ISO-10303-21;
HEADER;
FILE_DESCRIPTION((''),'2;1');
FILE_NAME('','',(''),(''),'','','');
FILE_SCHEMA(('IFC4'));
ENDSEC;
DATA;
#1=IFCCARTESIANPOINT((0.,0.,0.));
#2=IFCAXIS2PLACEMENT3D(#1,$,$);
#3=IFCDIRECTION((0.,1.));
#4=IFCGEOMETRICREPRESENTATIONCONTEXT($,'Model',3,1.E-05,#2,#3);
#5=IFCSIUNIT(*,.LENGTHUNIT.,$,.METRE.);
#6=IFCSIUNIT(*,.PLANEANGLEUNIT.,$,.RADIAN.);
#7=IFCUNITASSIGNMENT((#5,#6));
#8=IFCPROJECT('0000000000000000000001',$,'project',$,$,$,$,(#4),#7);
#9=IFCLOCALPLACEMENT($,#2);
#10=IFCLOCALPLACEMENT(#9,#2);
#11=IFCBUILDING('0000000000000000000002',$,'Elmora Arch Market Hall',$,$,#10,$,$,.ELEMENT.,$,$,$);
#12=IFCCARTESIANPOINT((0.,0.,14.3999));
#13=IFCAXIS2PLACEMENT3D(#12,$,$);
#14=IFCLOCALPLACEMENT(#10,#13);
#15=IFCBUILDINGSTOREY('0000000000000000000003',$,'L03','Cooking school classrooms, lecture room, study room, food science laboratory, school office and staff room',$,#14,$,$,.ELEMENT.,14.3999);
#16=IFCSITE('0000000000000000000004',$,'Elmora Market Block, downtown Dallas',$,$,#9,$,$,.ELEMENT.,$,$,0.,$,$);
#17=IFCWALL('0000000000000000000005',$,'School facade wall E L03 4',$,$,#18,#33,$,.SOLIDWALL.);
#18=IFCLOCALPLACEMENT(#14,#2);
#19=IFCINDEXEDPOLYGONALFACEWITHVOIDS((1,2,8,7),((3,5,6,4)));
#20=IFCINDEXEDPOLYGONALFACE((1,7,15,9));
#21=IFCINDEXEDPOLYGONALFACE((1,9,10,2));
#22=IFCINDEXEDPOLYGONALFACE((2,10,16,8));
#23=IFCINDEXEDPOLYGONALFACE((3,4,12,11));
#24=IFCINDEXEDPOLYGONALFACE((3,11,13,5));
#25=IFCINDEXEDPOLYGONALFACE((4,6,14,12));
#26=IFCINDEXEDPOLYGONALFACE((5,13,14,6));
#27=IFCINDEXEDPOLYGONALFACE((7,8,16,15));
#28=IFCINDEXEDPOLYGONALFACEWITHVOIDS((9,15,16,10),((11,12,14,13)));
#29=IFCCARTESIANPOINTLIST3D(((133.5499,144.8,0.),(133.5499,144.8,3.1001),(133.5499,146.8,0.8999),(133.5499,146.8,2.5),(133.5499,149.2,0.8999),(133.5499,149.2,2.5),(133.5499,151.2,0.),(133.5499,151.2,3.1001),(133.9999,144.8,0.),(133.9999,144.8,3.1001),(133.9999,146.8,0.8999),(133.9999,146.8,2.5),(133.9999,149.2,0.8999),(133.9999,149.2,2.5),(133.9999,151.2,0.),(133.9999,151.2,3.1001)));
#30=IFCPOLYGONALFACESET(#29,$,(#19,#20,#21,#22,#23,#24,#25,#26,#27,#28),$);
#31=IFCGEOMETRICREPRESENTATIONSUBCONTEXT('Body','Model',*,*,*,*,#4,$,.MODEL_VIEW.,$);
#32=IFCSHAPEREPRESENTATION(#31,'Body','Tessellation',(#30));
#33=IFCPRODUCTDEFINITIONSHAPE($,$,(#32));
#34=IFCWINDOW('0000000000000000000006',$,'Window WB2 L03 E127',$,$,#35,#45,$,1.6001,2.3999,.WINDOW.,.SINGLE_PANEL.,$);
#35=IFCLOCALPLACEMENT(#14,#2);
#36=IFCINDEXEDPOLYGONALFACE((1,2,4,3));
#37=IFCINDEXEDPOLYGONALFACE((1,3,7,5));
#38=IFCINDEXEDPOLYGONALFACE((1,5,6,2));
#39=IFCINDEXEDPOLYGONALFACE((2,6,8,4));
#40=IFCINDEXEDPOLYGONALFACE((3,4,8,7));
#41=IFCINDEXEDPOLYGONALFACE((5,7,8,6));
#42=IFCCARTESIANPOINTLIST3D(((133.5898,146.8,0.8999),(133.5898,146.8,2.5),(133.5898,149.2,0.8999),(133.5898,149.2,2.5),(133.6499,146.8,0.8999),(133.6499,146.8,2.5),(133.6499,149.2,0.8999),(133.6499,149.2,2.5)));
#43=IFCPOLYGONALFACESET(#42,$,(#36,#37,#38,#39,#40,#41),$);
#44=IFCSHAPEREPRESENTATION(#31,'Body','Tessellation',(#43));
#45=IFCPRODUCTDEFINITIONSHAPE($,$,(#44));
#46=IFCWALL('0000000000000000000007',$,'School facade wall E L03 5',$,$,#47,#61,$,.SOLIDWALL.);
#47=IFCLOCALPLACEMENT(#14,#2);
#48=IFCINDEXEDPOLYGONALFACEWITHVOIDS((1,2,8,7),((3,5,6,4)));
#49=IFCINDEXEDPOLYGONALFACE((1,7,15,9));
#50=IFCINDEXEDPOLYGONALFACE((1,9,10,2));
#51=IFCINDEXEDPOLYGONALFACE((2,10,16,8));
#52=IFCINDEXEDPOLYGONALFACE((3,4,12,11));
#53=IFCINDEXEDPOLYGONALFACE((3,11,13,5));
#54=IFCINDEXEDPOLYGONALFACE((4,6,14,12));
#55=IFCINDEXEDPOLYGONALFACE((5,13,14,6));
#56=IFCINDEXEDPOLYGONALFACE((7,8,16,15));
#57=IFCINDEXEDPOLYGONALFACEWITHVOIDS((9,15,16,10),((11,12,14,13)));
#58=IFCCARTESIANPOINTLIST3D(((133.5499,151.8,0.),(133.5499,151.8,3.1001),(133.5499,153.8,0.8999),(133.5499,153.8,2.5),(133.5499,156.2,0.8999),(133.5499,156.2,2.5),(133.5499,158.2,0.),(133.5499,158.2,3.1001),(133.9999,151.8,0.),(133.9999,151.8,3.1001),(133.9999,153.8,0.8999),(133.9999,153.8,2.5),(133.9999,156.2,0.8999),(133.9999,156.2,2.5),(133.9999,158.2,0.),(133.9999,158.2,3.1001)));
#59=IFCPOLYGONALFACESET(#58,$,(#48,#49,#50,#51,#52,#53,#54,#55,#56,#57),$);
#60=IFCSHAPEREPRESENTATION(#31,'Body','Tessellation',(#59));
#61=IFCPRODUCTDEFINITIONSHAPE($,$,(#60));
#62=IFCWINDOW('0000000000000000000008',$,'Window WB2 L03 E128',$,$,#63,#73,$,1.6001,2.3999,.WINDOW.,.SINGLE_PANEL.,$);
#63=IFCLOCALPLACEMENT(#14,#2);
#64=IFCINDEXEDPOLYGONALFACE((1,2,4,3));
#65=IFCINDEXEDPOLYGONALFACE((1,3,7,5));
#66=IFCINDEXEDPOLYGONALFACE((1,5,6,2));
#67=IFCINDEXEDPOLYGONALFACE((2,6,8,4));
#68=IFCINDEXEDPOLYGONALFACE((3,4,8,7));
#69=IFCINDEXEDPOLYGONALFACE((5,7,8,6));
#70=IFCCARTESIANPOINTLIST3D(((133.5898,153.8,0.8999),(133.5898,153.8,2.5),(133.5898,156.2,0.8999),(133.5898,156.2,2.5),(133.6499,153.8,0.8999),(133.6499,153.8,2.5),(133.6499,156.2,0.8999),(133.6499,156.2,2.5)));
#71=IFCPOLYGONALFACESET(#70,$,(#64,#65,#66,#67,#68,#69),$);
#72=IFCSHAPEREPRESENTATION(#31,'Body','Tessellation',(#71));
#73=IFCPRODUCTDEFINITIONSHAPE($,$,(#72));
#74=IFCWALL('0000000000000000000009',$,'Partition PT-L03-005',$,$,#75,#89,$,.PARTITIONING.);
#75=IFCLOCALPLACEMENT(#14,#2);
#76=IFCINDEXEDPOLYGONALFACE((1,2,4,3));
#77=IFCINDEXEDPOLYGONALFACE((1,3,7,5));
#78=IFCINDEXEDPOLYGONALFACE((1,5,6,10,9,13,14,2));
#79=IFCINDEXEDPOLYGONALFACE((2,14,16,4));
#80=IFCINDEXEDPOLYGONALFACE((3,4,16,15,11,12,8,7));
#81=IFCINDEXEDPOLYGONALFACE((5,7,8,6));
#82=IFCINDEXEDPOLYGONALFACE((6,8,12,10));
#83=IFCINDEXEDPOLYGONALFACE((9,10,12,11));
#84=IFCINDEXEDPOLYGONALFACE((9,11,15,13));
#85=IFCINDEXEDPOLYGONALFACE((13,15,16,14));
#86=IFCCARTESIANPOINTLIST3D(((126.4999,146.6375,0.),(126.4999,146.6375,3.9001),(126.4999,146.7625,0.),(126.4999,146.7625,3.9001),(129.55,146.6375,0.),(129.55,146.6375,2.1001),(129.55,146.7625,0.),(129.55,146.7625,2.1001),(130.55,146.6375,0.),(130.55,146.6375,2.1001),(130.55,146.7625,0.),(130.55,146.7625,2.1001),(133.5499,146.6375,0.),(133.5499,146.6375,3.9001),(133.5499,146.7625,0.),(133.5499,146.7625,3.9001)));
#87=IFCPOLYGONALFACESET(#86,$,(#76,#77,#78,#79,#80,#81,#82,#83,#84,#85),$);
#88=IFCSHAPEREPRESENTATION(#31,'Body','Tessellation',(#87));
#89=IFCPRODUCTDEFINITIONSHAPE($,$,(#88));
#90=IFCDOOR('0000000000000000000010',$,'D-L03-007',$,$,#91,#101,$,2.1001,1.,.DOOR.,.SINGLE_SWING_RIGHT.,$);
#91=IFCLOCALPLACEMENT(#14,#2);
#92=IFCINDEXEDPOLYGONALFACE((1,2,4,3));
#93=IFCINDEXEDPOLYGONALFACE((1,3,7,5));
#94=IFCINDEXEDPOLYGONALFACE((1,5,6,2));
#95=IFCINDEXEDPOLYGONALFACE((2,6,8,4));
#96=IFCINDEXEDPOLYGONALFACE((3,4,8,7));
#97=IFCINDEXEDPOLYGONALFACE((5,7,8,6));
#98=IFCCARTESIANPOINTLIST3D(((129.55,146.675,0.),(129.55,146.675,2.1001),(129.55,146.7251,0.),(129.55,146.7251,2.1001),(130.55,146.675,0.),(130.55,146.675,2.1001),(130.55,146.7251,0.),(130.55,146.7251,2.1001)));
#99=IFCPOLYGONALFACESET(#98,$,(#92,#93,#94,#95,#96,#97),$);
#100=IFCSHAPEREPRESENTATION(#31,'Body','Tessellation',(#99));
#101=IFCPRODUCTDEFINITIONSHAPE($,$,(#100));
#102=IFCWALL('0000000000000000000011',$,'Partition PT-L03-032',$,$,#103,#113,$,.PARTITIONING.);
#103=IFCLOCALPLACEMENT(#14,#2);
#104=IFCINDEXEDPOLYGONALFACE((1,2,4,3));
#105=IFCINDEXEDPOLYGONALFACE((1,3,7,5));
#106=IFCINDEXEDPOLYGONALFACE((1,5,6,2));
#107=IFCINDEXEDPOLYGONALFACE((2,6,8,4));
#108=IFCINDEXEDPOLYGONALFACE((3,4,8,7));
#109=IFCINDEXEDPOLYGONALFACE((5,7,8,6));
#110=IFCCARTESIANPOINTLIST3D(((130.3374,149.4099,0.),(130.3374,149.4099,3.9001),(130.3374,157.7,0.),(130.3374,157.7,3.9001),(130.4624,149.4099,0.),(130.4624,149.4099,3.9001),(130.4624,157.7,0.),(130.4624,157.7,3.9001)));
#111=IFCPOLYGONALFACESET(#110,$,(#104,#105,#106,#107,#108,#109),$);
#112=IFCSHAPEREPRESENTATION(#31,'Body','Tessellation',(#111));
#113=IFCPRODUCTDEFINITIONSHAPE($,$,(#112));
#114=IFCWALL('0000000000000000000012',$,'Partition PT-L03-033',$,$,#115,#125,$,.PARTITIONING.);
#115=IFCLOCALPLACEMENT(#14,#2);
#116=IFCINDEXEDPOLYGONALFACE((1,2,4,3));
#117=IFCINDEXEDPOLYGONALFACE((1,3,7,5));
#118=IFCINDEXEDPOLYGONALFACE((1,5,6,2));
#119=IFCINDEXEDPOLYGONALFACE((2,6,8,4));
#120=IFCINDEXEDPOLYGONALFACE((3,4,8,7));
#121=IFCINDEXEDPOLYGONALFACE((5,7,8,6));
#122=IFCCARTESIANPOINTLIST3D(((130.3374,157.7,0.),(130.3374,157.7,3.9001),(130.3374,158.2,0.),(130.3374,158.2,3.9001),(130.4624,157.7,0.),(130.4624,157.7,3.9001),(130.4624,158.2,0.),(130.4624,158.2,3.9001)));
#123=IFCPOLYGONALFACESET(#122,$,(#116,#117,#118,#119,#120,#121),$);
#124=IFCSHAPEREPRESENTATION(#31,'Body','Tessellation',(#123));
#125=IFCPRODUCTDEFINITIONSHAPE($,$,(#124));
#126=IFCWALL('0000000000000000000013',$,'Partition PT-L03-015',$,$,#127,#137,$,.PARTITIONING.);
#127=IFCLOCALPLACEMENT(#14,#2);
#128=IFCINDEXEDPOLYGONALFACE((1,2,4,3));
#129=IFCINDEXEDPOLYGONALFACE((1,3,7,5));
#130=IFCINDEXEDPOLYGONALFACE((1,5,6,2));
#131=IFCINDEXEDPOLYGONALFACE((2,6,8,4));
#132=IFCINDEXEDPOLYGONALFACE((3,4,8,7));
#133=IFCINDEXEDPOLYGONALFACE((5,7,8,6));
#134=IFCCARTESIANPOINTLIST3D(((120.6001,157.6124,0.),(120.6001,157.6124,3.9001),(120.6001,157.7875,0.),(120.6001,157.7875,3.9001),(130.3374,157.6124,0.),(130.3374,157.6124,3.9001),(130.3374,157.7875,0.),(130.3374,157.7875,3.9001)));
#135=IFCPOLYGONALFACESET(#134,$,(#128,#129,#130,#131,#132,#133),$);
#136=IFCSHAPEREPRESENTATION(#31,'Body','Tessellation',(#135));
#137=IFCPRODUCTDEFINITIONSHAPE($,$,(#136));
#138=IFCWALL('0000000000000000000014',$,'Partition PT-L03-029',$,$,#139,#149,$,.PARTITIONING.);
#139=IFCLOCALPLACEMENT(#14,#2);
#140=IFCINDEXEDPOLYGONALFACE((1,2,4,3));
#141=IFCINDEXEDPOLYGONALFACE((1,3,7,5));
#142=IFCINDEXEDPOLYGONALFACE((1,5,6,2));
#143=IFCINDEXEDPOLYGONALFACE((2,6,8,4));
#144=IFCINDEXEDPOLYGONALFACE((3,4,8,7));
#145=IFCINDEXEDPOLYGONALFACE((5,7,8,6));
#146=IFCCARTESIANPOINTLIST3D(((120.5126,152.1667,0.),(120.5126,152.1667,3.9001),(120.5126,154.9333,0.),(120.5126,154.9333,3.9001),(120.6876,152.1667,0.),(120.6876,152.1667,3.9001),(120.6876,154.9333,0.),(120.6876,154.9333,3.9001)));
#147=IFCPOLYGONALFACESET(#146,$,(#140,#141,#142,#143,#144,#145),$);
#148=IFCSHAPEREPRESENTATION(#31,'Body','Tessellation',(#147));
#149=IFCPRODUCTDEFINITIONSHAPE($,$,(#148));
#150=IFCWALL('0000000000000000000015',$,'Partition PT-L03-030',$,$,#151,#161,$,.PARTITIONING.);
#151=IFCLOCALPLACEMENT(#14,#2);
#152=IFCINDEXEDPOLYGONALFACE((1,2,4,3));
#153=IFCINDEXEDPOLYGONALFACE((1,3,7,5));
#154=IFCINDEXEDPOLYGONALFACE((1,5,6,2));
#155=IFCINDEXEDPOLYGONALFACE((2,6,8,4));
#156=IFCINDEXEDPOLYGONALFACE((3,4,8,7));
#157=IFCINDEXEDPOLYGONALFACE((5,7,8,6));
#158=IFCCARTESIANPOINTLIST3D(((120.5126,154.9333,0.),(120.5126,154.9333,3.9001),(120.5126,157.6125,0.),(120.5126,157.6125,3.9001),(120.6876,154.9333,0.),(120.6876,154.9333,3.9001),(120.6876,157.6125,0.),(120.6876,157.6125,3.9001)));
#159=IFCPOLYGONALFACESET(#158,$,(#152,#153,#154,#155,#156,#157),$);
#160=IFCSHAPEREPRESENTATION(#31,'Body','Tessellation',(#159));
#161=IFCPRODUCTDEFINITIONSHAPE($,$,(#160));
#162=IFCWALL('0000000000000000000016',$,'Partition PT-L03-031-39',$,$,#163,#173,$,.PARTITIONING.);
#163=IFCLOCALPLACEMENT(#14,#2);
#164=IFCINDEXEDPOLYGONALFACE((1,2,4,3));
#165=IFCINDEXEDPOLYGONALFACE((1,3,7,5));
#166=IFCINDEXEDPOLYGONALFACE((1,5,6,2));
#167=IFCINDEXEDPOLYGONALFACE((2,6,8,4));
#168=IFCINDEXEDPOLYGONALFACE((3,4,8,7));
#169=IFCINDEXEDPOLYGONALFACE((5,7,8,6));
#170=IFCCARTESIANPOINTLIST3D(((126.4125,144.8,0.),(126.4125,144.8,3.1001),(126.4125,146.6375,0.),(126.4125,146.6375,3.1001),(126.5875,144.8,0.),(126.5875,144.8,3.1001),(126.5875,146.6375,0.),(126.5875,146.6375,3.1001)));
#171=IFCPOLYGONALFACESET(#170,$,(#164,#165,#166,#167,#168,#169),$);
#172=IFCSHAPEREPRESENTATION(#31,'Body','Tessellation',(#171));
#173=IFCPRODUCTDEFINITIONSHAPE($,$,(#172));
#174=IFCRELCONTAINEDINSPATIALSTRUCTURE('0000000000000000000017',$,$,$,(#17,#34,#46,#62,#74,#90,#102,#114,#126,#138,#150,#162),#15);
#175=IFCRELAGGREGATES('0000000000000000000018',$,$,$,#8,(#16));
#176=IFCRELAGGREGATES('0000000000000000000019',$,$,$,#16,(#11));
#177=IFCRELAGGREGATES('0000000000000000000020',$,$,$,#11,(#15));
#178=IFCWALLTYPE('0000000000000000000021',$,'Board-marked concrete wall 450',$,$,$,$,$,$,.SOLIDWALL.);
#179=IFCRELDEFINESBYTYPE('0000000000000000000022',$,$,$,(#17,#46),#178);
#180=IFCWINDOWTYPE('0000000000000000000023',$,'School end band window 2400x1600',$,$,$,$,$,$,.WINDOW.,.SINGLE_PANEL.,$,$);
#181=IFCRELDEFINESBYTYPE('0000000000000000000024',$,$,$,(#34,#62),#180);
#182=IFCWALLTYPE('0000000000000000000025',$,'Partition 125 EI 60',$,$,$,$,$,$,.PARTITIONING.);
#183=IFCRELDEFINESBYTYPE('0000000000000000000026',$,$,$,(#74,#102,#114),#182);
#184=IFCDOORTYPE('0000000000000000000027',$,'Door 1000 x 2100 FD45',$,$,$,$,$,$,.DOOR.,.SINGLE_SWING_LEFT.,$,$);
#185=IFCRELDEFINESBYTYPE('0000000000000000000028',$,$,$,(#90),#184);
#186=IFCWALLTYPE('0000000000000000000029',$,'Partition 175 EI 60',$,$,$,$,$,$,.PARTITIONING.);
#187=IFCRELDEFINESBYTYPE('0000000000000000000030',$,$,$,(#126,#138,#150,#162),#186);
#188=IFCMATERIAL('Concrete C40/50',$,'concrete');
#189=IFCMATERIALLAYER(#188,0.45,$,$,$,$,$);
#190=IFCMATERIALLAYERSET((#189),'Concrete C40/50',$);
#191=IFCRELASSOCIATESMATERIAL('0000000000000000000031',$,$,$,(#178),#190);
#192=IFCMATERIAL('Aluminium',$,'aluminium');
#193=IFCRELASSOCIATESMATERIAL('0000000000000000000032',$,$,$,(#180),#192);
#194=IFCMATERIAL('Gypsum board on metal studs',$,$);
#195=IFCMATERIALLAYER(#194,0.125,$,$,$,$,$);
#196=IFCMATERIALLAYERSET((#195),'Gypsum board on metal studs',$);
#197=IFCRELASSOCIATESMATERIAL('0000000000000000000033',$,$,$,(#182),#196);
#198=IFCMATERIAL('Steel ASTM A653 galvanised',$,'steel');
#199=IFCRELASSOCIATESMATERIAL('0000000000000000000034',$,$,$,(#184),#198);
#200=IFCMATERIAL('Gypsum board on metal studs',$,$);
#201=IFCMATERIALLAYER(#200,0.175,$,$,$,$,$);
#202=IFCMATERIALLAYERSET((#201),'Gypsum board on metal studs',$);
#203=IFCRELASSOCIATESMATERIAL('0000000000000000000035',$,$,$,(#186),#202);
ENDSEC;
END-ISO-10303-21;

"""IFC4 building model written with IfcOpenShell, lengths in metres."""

from ifc_helpers import new_model, si_unit, direction, frame, frame_2d, origin, place, context, subcontext, project, spatial, rectangle, extrude, material, layer, layer_set, type_object, element, fill, save


model = new_model("IFC4")

# Units and contexts
model_context = context("Model", 3, precision=1e-05, world=origin(), true_north=direction((0.0, 1.0)))
body_context = subcontext(model_context, "Body", "Model", "MODEL_VIEW")
ifc_project = project(units=[si_unit("LENGTHUNIT", "METRE"), si_unit("PLANEANGLEUNIT", "RADIAN")], contexts=[model_context])

# Site, building, storey
site_placement = place(None, origin())
site = spatial("IfcSite", under=ifc_project, at=site_placement, Name="Elmora Market Block, downtown Dallas", CompositionType="ELEMENT", RefElevation=0.0)
building_placement = place(site_placement, origin())
building = spatial("IfcBuilding", under=site, at=building_placement, Name="Elmora Arch Market Hall", CompositionType="ELEMENT")
storey_placement = place(building_placement, frame((0.0, 0.0, 14.3999)))
storey = spatial("IfcBuildingStorey", under=building, at=storey_placement, Name="L03", Description="Cooking school classrooms, lecture room, study room, food science laboratory, school office and staff room", CompositionType="ELEMENT", Elevation=14.3999)

# Walls, openings, windows
ifc_material_1 = material(Name="Concrete C40/50", Category="concrete")
ifc_layer_1 = layer(ifc_material_1, 0.45)
ifc_layer_set_1 = layer_set([ifc_layer_1], Name="Concrete C40/50")
wall_type_1 = type_object("IfcWallType", Name="Board-marked concrete wall 450", PredefinedType="SOLIDWALL", material=ifc_layer_set_1)
wall_1_placement = place(storey_placement, frame((133.7749, 151.2, 0.0), z_axis=(0.0, 0.0, 1.0), x_axis=(0.0, -1.0, 0.0)))
wall_1 = element("IfcWall", 1, at=wall_1_placement, inside=storey, type_object=wall_type_1, Name="School facade wall E L03 4", PredefinedType="SOLIDWALL", context=body_context, shape_type="SweptSolid", body=[
    extrude(rectangle(XDim=6.3999, YDim=0.45, at=frame_2d((3.2, 0.0))), origin(), (0.0, 0.0, 1.0), 3.1001),
])
opening_1_placement = place(wall_1_placement, frame((2.0, 0.0, 0.8999)))
opening_1 = element("IfcOpeningElement", 2, at=opening_1_placement, cuts=wall_1, PredefinedType="OPENING", context=body_context, shape_type="SweptSolid", body=[
    extrude(rectangle(XDim=2.3999, YDim=1.6001, at=frame_2d((1.2, 0.8))), frame((0.0, 0.2349, 0.0), z_axis=(0.0, -1.0, 0.0), x_axis=(1.0, 0.0, 0.0)), (0.0, 0.0, 1.0), 0.47),
])
ifc_material_2 = material(Name="Aluminium", Category="aluminium")
window_type = type_object("IfcWindowType", Name="School end band window 2400x1600", PartitioningType="SINGLE_PANEL", PredefinedType="WINDOW", material=ifc_material_2)
window_1_placement = place(opening_1_placement, origin())
window_1 = element("IfcWindow", 3, at=window_1_placement, inside=storey, type_object=window_type, Name="Window WB2 L03 E127", OverallHeight=1.6001, OverallWidth=2.3999, PartitioningType="SINGLE_PANEL", PredefinedType="WINDOW", context=body_context, shape_type="SweptSolid", body=[
    extrude(rectangle(XDim=2.3999, YDim=1.6001, at=frame_2d((1.2, 0.8))), frame((0.0, -0.125, 0.0), z_axis=(0.0, -1.0, 0.0), x_axis=(1.0, 0.0, 0.0)), (0.0, 0.0, 1.0), 0.0601),
])
fill(opening_1, window_1)
wall_2_placement = place(storey_placement, frame((133.7749, 158.2, 0.0), z_axis=(0.0, 0.0, 1.0), x_axis=(0.0, -1.0, 0.0)))
wall_2 = element("IfcWall", 4, at=wall_2_placement, inside=storey, type_object=wall_type_1, Name="School facade wall E L03 5", PredefinedType="SOLIDWALL", context=body_context, shape_type="SweptSolid", body=[
    extrude(rectangle(XDim=6.3999, YDim=0.45, at=frame_2d((3.2, 0.0))), origin(), (0.0, 0.0, 1.0), 3.1001),
])
opening_2_placement = place(wall_2_placement, frame((2.0, 0.0, 0.8999)))
opening_2 = element("IfcOpeningElement", 5, at=opening_2_placement, cuts=wall_2, PredefinedType="OPENING", context=body_context, shape_type="SweptSolid", body=[
    extrude(rectangle(XDim=2.3999, YDim=1.6001, at=frame_2d((1.2, 0.8))), frame((0.0, 0.2349, 0.0), z_axis=(0.0, -1.0, 0.0), x_axis=(1.0, 0.0, 0.0)), (0.0, 0.0, 1.0), 0.47),
])
window_2_placement = place(opening_2_placement, origin())
window_2 = element("IfcWindow", 6, at=window_2_placement, inside=storey, type_object=window_type, Name="Window WB2 L03 E128", OverallHeight=1.6001, OverallWidth=2.3999, PartitioningType="SINGLE_PANEL", PredefinedType="WINDOW", context=body_context, shape_type="SweptSolid", body=[
    extrude(rectangle(XDim=2.3999, YDim=1.6001, at=frame_2d((1.2, 0.8))), frame((0.0, -0.125, 0.0), z_axis=(0.0, -1.0, 0.0), x_axis=(1.0, 0.0, 0.0)), (0.0, 0.0, 1.0), 0.0601),
])
fill(opening_2, window_2)

# Wall, opening, door
ifc_material_3 = material(Name="Gypsum board on metal studs")
ifc_layer_2 = layer(ifc_material_3, 0.125)
ifc_layer_set_2 = layer_set([ifc_layer_2], Name="Gypsum board on metal studs")
wall_type_2 = type_object("IfcWallType", Name="Partition 125 EI 60", PredefinedType="PARTITIONING", material=ifc_layer_set_2)
wall_3_placement = place(storey_placement, frame((126.5, 146.7, 0.0), z_axis=(0.0, 0.0, 1.0), x_axis=(1.0, 0.0, 0.0)))
wall_3 = element("IfcWall", 7, at=wall_3_placement, inside=storey, type_object=wall_type_2, Name="Partition PT-L03-005", PredefinedType="PARTITIONING", context=body_context, shape_type="SweptSolid", body=[
    extrude(rectangle(XDim=7.05, YDim=0.125, at=frame_2d((3.5249, 0.0))), origin(), (0.0, 0.0, 1.0), 3.9001),
])
opening_3_placement = place(wall_3_placement, frame((3.05, 0.0, 0.0)))
opening_3 = element("IfcOpeningElement", 8, at=opening_3_placement, cuts=wall_3, PredefinedType="OPENING", context=body_context, shape_type="SweptSolid", body=[
    extrude(rectangle(XDim=1.0, YDim=2.1001, at=frame_2d((0.5, 1.05))), frame((0.0, 0.0725, 0.0), z_axis=(0.0, -1.0, 0.0), x_axis=(1.0, 0.0, 0.0)), (0.0, 0.0, 1.0), 0.145),
])
ifc_material_4 = material(Name="Steel ASTM A653 galvanised", Category="steel")
door_type_1 = type_object("IfcDoorType", Name="Door 1000 x 2100 FD45", OperationType="SINGLE_SWING_LEFT", PredefinedType="DOOR", material=ifc_material_4)
door_1_placement = place(opening_3_placement, frame((1.0, 0.0, 0.0), z_axis=(0.0, 0.0, 1.0), x_axis=(-1.0, 0.0, 0.0)))
door_1 = element("IfcDoor", 9, at=door_1_placement, inside=storey, type_object=door_type_1, Name="D-L03-007", OperationType="SINGLE_SWING_RIGHT", OverallHeight=2.1001, OverallWidth=1.0, PredefinedType="DOOR", context=body_context, shape_type="SweptSolid", body=[
    extrude(rectangle(XDim=1.0, YDim=2.1001, at=frame_2d((0.5, 1.05))), frame((0.0, 0.0249, 0.0), z_axis=(0.0, -1.0, 0.0), x_axis=(1.0, 0.0, 0.0)), (0.0, 0.0, 1.0), 0.05),
])
fill(opening_3, door_1)

# Walls
wall_4_placement = place(storey_placement, frame((130.3999, 149.4099, 0.0), z_axis=(0.0, 0.0, 1.0), x_axis=(0.0, 1.0, 0.0)))
element("IfcWall", 10, at=wall_4_placement, inside=storey, type_object=wall_type_2, Name="Partition PT-L03-032", PredefinedType="PARTITIONING", context=body_context, shape_type="SweptSolid", body=[
    extrude(rectangle(XDim=8.29, YDim=0.125, at=frame_2d((4.145, 0.0))), origin(), (0.0, 0.0, 1.0), 3.9001),
])
wall_5_placement = place(storey_placement, frame((130.3999, 157.7, 0.0), z_axis=(0.0, 0.0, 1.0), x_axis=(0.0, 1.0, 0.0)))
element("IfcWall", 11, at=wall_5_placement, inside=storey, type_object=wall_type_2, Name="Partition PT-L03-033", PredefinedType="PARTITIONING", context=body_context, shape_type="SweptSolid", body=[
    extrude(rectangle(XDim=0.5, YDim=0.125, at=frame_2d((0.25, 0.0))), origin(), (0.0, 0.0, 1.0), 3.9001),
])
ifc_material_5 = material(Name="Gypsum board on metal studs")
ifc_layer_3 = layer(ifc_material_5, 0.175)
ifc_layer_set_3 = layer_set([ifc_layer_3], Name="Gypsum board on metal studs")
wall_type_3 = type_object("IfcWallType", Name="Partition 175 EI 60", PredefinedType="PARTITIONING", material=ifc_layer_set_3)
wall_6_placement = place(storey_placement, frame((120.6001, 157.7, 0.0), z_axis=(0.0, 0.0, 1.0), x_axis=(1.0, 0.0, 0.0)))
element("IfcWall", 12, at=wall_6_placement, inside=storey, type_object=wall_type_3, Name="Partition PT-L03-015", PredefinedType="PARTITIONING", context=body_context, shape_type="SweptSolid", body=[
    extrude(rectangle(XDim=9.7373, YDim=0.175, at=frame_2d((4.8687, 0.0))), origin(), (0.0, 0.0, 1.0), 3.9001),
])
wall_7_placement = place(storey_placement, frame((120.6001, 152.1667, 0.0), z_axis=(0.0, 0.0, 1.0), x_axis=(0.0, 1.0, 0.0)))
element("IfcWall", 13, at=wall_7_placement, inside=storey, type_object=wall_type_3, Name="Partition PT-L03-029", PredefinedType="PARTITIONING", context=body_context, shape_type="SweptSolid", body=[
    extrude(rectangle(XDim=2.7666, YDim=0.175, at=frame_2d((1.3833, 0.0))), origin(), (0.0, 0.0, 1.0), 3.9001),
])
wall_8_placement = place(storey_placement, frame((120.6001, 154.9333, 0.0), z_axis=(0.0, 0.0, 1.0), x_axis=(0.0, 1.0, 0.0)))
element("IfcWall", 14, at=wall_8_placement, inside=storey, type_object=wall_type_3, Name="Partition PT-L03-030", PredefinedType="PARTITIONING", context=body_context, shape_type="SweptSolid", body=[
    extrude(rectangle(XDim=2.6792, YDim=0.175, at=frame_2d((1.3396, 0.0))), origin(), (0.0, 0.0, 1.0), 3.9001),
])
wall_9_placement = place(storey_placement, frame((126.5, 144.8, 0.0), z_axis=(0.0, 0.0, 1.0), x_axis=(0.0, 1.0, 0.0)))
element("IfcWall", 15, at=wall_9_placement, inside=storey, type_object=wall_type_3, Name="Partition PT-L03-031-39", PredefinedType="PARTITIONING", context=body_context, shape_type="SweptSolid", body=[
    extrude(rectangle(XDim=1.8374, YDim=0.175, at=frame_2d((0.9187, 0.0))), origin(), (0.0, 0.0, 1.0), 3.1001),
])

save(model, "model.ifc")
